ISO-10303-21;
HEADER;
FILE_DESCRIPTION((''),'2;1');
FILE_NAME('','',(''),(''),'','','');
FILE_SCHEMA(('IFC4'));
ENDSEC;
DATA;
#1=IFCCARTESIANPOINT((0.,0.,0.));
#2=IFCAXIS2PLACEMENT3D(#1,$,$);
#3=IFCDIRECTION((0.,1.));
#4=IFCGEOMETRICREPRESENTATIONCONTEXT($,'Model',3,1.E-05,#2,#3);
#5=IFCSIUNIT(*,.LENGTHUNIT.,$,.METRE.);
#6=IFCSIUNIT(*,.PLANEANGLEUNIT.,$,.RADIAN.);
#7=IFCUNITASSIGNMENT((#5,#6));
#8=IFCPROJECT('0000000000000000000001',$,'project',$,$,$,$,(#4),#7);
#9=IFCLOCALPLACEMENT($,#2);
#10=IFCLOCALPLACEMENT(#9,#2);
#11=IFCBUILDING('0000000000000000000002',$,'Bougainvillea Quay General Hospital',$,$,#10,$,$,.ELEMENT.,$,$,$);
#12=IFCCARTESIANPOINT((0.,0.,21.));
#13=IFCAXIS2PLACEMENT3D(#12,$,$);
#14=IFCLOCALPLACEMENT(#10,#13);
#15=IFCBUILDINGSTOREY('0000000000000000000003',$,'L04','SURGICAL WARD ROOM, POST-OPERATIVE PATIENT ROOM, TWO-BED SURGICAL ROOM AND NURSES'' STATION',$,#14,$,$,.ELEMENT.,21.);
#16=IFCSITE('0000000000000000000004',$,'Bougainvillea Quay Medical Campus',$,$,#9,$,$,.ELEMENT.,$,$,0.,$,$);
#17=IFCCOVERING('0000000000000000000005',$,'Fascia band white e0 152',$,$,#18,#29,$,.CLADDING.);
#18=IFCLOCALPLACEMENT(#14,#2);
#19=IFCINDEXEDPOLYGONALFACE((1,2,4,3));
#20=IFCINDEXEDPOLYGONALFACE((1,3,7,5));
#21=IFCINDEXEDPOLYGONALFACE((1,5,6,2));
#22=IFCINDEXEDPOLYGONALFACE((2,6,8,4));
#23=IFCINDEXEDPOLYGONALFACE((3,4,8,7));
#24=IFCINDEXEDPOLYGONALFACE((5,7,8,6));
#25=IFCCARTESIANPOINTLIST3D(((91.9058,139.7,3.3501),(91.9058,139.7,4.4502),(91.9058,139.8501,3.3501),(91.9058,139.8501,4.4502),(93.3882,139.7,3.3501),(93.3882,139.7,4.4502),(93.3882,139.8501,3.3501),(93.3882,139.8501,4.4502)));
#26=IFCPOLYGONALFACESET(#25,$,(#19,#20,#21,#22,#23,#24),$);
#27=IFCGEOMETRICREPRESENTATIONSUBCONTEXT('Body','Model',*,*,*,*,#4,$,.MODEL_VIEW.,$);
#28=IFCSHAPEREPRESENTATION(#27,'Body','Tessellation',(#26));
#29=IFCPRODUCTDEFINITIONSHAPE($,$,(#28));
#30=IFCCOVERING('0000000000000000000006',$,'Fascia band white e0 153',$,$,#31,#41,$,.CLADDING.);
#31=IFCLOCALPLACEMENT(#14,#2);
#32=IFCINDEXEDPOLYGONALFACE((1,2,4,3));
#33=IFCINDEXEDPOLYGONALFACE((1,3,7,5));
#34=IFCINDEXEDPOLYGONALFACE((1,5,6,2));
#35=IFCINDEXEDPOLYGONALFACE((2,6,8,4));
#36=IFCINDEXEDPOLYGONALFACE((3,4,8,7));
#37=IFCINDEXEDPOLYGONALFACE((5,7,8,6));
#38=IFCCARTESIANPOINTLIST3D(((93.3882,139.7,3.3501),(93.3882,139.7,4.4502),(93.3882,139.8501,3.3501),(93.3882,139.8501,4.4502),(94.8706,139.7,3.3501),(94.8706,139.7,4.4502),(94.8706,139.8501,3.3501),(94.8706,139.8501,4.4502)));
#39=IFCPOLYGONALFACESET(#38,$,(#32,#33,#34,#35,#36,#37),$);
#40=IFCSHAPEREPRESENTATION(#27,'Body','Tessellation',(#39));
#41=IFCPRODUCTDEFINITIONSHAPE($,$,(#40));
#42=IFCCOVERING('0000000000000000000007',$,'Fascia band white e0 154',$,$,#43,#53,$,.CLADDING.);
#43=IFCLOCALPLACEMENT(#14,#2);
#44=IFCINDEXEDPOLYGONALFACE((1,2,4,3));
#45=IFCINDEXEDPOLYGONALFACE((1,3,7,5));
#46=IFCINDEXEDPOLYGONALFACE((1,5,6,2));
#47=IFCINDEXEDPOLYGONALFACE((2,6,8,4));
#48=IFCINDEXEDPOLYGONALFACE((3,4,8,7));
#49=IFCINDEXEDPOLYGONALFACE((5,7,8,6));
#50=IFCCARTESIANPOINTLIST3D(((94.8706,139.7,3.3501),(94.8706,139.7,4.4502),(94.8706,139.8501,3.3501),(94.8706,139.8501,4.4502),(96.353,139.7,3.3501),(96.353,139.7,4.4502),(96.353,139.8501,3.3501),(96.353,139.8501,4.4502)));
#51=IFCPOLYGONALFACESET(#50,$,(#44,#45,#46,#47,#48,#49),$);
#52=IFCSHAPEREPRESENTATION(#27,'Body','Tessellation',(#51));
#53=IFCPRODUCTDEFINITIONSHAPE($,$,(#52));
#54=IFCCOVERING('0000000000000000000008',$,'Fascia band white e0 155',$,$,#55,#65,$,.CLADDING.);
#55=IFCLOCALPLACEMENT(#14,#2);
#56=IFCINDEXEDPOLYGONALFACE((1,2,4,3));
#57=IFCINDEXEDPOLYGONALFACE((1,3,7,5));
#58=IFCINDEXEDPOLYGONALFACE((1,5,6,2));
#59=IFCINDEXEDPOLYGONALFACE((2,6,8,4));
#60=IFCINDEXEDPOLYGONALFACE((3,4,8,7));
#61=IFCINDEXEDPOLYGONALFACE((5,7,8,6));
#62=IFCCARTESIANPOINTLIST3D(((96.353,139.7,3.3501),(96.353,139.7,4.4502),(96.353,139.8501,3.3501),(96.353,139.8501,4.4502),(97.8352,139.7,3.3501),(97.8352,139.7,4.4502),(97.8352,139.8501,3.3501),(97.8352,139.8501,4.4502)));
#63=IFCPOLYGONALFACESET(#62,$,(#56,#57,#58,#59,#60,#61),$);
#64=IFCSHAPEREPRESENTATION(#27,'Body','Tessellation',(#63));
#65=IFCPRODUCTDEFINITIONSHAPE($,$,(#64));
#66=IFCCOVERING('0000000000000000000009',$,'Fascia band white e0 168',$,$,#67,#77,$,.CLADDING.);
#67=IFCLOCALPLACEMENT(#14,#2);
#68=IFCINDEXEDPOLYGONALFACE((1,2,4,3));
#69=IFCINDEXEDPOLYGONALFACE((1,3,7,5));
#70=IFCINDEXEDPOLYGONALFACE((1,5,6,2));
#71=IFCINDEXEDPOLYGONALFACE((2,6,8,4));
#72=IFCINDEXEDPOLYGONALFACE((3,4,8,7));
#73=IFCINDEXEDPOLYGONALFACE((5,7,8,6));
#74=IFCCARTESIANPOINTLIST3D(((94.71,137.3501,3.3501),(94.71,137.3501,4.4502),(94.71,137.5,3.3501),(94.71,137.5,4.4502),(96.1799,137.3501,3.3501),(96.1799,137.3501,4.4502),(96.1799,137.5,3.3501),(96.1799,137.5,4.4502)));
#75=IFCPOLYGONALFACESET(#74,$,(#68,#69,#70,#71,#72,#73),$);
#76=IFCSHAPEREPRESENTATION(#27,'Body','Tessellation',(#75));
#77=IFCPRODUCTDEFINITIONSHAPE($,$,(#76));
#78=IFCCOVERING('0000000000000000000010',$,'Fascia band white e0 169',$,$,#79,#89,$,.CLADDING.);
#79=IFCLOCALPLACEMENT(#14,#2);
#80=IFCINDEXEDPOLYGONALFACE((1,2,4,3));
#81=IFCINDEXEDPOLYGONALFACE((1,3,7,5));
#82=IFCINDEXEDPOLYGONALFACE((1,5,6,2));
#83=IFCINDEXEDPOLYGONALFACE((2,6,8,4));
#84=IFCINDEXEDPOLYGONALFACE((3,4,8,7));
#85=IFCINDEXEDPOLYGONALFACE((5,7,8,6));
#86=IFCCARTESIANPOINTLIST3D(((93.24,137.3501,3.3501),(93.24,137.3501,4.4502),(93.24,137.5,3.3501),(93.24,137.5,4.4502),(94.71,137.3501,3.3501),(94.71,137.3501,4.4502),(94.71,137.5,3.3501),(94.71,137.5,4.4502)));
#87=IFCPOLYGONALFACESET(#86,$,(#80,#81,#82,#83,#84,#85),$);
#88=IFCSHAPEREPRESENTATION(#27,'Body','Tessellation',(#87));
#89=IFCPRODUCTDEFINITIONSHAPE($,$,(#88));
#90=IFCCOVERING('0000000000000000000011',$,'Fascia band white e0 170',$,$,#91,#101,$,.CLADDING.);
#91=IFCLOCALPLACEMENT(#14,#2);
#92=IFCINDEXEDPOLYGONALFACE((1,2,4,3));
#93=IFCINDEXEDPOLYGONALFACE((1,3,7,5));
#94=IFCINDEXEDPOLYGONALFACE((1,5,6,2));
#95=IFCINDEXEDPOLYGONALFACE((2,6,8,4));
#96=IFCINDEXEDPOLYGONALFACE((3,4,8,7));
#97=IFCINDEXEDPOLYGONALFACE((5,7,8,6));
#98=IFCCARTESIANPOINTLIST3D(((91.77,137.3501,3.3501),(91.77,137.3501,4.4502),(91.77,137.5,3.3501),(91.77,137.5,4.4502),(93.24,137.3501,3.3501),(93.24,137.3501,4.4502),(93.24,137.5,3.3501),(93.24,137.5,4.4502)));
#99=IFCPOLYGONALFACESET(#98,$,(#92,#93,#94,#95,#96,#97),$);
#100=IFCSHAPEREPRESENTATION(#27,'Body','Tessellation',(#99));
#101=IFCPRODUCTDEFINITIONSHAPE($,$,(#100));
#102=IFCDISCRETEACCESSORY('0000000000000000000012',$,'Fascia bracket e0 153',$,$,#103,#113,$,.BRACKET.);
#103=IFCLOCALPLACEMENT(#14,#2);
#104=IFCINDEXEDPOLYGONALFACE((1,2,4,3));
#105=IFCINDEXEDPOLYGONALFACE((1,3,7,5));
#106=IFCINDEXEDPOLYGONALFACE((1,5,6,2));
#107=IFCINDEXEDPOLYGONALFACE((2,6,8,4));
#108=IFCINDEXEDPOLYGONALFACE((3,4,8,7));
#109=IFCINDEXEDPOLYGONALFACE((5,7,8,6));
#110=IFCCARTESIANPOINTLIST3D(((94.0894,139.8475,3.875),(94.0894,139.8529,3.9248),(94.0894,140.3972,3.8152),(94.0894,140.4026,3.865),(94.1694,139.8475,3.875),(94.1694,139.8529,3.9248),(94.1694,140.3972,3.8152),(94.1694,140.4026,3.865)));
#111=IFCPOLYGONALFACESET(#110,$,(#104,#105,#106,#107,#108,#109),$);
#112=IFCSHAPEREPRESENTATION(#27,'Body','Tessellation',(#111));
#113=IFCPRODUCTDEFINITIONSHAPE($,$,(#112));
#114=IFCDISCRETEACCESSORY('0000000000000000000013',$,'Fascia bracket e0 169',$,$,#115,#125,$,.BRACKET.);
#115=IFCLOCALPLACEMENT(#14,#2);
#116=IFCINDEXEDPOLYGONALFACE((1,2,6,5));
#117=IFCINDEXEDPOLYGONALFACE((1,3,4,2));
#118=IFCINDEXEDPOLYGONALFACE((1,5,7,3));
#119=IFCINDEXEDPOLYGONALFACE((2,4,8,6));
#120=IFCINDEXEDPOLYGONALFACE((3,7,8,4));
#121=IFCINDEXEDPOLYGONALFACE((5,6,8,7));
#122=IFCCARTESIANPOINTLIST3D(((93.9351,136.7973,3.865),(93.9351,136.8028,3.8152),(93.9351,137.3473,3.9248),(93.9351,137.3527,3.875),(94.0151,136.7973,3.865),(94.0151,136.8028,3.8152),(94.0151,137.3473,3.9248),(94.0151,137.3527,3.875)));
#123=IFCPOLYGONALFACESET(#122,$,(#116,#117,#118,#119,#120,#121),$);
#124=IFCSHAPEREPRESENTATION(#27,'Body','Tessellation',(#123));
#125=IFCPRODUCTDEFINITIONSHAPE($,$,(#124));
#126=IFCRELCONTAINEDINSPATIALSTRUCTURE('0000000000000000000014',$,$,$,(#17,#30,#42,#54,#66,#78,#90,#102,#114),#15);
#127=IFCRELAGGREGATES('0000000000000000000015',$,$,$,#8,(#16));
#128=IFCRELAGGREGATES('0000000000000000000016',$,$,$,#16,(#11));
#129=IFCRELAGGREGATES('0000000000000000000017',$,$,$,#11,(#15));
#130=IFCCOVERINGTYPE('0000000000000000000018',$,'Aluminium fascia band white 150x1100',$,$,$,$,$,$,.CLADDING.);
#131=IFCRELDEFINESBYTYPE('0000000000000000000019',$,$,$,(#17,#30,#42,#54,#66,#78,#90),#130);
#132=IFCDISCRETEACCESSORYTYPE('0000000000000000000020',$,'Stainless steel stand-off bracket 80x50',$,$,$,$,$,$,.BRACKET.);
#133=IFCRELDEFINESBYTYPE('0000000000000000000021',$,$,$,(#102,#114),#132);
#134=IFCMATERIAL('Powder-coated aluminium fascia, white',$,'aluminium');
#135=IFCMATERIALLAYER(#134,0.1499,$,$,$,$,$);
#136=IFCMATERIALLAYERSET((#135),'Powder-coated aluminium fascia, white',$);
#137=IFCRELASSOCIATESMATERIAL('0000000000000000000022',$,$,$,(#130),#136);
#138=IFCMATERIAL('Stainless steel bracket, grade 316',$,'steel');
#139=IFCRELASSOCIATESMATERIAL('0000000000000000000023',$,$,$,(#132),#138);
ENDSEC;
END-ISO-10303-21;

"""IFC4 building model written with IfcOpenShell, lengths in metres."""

from ifc_helpers import new_model, si_unit, direction, frame, origin, origin_2d, place, context, subcontext, project, spatial, polyline, rectangle, outline, extrude, material, layer, layer_set, material_profile, profile_set, type_object, element, save


model = new_model("IFC4")

# Units and contexts
model_context = context("Model", 3, precision=1e-05, world=origin(), true_north=direction((0.0, 1.0)))
body_context = subcontext(model_context, "Body", "Model", "MODEL_VIEW")
ifc_project = project(units=[si_unit("LENGTHUNIT", "METRE"), si_unit("PLANEANGLEUNIT", "RADIAN")], contexts=[model_context])

# Site, building, storey
site_placement = place(None, origin())
site = spatial("IfcSite", under=ifc_project, at=site_placement, Name="Bougainvillea Quay Medical Campus", CompositionType="ELEMENT", RefElevation=0.0)
building_placement = place(site_placement, origin())
building = spatial("IfcBuilding", under=site, at=building_placement, Name="Bougainvillea Quay General Hospital", CompositionType="ELEMENT")
storey_placement = place(building_placement, frame((0.0, 0.0, 21.0)))
storey = spatial("IfcBuildingStorey", under=building, at=storey_placement, Name="L04", Description="SURGICAL WARD ROOM, POST-OPERATIVE PATIENT ROOM, TWO-BED SURGICAL ROOM AND NURSES' STATION", CompositionType="ELEMENT", Elevation=21.0)

# Coverings
ifc_material_1 = material(Name="Powder-coated aluminium fascia, white", Category="aluminium")
ifc_layer_1 = layer(ifc_material_1, 0.1499)
ifc_layer_set_1 = layer_set([ifc_layer_1], Name="Powder-coated aluminium fascia, white")
covering_type = type_object("IfcCoveringType", Name="Aluminium fascia band white 150x1100", PredefinedType="CLADDING", material=ifc_layer_set_1)
for number, where, z_axis, x_axis, name in (
    (1, (91.9058, 139.8501, 3.3501), (0.0, 0.0, 1.0), (1.0, 0.0, 0.0), "Fascia band white e0 152"),
    (2, (93.3882, 139.8501, 3.3501), (0.0, 0.0, 1.0), (1.0, 0.0, 0.0), "Fascia band white e0 153"),
    (3, (94.8706, 139.8501, 3.3501), (0.0, 0.0, 1.0), (1.0, 0.0, 0.0), "Fascia band white e0 154"),
):
    element("IfcCovering", number, at=place(storey_placement, frame(where, z_axis=z_axis, x_axis=x_axis)), inside=storey, type_object=covering_type, Name=name, PredefinedType="CLADDING", context=body_context, shape_type="SweptSolid", body=[
        extrude(outline(polyline([(0.0, 0.0), (1.4824, 0.0), (1.4824, -0.1501), (0.0, -0.1501), (0.0, 0.0)])), origin(), (0.0, 0.0, 1.0), 1.1001),
    ])
covering_placement = place(storey_placement, frame((96.353, 139.8501, 3.3501), z_axis=(0.0, 0.0, 1.0), x_axis=(1.0, 0.0, 0.0)))
element("IfcCovering", 4, at=covering_placement, inside=storey, type_object=covering_type, Name="Fascia band white e0 155", PredefinedType="CLADDING", context=body_context, shape_type="SweptSolid", body=[
    extrude(outline(polyline([(0.0, 0.0), (1.4822, 0.0), (1.4822, -0.1501), (0.0, -0.1501), (0.0, 0.0)])), origin(), (0.0, 0.0, 1.0), 1.1001),
])
for number, where, z_axis, x_axis, name in (
    (5, (96.1799, 137.3501, 3.3501), (0.0, 0.0, 1.0), (-1.0, 0.0, 0.0), "Fascia band white e0 168"),
    (6, (94.71, 137.3501, 3.3501), (0.0, 0.0, 1.0), (-1.0, 0.0, 0.0), "Fascia band white e0 169"),
    (7, (93.24, 137.3501, 3.3501), (0.0, 0.0, 1.0), (-1.0, 0.0, 0.0), "Fascia band white e0 170"),
):
    element("IfcCovering", number, at=place(storey_placement, frame(where, z_axis=z_axis, x_axis=x_axis)), inside=storey, type_object=covering_type, Name=name, PredefinedType="CLADDING", context=body_context, shape_type="SweptSolid", body=[
        extrude(outline(polyline([(0.0, 0.0), (1.47, 0.0), (1.47, -0.1499), (0.0, -0.1499), (0.0, 0.0)])), origin(), (0.0, 0.0, 1.0), 1.1001),
    ])

# Discrete accessories
ifc_material_2 = material(Name="Stainless steel bracket, grade 316", Category="steel")
ifc_material_profile_1 = material_profile(ifc_material_2, rectangle(XDim=0.0801, YDim=0.05, at=origin_2d()))
ifc_profile_set_1 = profile_set([ifc_material_profile_1], Name="Stainless steel bracket, grade 316")
discrete_accessory_type = type_object("IfcDiscreteAccessoryType", Name="Stainless steel stand-off bracket 80x50", PredefinedType="BRACKET", material=ifc_profile_set_1)
discrete_accessory_1_placement = place(storey_placement, frame((94.1294, 140.3999, 3.8401), z_axis=(0.0, -0.994134, 0.108154), x_axis=(1.0, 0.0, 0.0)))
element("IfcDiscreteAccessory", 8, at=discrete_accessory_1_placement, inside=storey, type_object=discrete_accessory_type, Name="Fascia bracket e0 153", PredefinedType="BRACKET", context=body_context, shape_type="SweptSolid", body=[
    extrude(rectangle(XDim=0.0801, YDim=0.05, at=origin_2d()), origin(), (0.0, 0.0, 1.0), 0.553),
])
discrete_accessory_2_placement = place(storey_placement, frame((93.9751, 136.8, 3.8401), z_axis=(0.0, 0.994139, 0.108107), x_axis=(-1.0, 0.0, 0.0)))
element("IfcDiscreteAccessory", 9, at=discrete_accessory_2_placement, inside=storey, type_object=discrete_accessory_type, Name="Fascia bracket e0 169", PredefinedType="BRACKET", context=body_context, shape_type="SweptSolid", body=[
    extrude(rectangle(XDim=0.0801, YDim=0.05, at=origin_2d()), origin(), (0.0, 0.0, 1.0), 0.5532),
])

save(model, "model.ifc")
